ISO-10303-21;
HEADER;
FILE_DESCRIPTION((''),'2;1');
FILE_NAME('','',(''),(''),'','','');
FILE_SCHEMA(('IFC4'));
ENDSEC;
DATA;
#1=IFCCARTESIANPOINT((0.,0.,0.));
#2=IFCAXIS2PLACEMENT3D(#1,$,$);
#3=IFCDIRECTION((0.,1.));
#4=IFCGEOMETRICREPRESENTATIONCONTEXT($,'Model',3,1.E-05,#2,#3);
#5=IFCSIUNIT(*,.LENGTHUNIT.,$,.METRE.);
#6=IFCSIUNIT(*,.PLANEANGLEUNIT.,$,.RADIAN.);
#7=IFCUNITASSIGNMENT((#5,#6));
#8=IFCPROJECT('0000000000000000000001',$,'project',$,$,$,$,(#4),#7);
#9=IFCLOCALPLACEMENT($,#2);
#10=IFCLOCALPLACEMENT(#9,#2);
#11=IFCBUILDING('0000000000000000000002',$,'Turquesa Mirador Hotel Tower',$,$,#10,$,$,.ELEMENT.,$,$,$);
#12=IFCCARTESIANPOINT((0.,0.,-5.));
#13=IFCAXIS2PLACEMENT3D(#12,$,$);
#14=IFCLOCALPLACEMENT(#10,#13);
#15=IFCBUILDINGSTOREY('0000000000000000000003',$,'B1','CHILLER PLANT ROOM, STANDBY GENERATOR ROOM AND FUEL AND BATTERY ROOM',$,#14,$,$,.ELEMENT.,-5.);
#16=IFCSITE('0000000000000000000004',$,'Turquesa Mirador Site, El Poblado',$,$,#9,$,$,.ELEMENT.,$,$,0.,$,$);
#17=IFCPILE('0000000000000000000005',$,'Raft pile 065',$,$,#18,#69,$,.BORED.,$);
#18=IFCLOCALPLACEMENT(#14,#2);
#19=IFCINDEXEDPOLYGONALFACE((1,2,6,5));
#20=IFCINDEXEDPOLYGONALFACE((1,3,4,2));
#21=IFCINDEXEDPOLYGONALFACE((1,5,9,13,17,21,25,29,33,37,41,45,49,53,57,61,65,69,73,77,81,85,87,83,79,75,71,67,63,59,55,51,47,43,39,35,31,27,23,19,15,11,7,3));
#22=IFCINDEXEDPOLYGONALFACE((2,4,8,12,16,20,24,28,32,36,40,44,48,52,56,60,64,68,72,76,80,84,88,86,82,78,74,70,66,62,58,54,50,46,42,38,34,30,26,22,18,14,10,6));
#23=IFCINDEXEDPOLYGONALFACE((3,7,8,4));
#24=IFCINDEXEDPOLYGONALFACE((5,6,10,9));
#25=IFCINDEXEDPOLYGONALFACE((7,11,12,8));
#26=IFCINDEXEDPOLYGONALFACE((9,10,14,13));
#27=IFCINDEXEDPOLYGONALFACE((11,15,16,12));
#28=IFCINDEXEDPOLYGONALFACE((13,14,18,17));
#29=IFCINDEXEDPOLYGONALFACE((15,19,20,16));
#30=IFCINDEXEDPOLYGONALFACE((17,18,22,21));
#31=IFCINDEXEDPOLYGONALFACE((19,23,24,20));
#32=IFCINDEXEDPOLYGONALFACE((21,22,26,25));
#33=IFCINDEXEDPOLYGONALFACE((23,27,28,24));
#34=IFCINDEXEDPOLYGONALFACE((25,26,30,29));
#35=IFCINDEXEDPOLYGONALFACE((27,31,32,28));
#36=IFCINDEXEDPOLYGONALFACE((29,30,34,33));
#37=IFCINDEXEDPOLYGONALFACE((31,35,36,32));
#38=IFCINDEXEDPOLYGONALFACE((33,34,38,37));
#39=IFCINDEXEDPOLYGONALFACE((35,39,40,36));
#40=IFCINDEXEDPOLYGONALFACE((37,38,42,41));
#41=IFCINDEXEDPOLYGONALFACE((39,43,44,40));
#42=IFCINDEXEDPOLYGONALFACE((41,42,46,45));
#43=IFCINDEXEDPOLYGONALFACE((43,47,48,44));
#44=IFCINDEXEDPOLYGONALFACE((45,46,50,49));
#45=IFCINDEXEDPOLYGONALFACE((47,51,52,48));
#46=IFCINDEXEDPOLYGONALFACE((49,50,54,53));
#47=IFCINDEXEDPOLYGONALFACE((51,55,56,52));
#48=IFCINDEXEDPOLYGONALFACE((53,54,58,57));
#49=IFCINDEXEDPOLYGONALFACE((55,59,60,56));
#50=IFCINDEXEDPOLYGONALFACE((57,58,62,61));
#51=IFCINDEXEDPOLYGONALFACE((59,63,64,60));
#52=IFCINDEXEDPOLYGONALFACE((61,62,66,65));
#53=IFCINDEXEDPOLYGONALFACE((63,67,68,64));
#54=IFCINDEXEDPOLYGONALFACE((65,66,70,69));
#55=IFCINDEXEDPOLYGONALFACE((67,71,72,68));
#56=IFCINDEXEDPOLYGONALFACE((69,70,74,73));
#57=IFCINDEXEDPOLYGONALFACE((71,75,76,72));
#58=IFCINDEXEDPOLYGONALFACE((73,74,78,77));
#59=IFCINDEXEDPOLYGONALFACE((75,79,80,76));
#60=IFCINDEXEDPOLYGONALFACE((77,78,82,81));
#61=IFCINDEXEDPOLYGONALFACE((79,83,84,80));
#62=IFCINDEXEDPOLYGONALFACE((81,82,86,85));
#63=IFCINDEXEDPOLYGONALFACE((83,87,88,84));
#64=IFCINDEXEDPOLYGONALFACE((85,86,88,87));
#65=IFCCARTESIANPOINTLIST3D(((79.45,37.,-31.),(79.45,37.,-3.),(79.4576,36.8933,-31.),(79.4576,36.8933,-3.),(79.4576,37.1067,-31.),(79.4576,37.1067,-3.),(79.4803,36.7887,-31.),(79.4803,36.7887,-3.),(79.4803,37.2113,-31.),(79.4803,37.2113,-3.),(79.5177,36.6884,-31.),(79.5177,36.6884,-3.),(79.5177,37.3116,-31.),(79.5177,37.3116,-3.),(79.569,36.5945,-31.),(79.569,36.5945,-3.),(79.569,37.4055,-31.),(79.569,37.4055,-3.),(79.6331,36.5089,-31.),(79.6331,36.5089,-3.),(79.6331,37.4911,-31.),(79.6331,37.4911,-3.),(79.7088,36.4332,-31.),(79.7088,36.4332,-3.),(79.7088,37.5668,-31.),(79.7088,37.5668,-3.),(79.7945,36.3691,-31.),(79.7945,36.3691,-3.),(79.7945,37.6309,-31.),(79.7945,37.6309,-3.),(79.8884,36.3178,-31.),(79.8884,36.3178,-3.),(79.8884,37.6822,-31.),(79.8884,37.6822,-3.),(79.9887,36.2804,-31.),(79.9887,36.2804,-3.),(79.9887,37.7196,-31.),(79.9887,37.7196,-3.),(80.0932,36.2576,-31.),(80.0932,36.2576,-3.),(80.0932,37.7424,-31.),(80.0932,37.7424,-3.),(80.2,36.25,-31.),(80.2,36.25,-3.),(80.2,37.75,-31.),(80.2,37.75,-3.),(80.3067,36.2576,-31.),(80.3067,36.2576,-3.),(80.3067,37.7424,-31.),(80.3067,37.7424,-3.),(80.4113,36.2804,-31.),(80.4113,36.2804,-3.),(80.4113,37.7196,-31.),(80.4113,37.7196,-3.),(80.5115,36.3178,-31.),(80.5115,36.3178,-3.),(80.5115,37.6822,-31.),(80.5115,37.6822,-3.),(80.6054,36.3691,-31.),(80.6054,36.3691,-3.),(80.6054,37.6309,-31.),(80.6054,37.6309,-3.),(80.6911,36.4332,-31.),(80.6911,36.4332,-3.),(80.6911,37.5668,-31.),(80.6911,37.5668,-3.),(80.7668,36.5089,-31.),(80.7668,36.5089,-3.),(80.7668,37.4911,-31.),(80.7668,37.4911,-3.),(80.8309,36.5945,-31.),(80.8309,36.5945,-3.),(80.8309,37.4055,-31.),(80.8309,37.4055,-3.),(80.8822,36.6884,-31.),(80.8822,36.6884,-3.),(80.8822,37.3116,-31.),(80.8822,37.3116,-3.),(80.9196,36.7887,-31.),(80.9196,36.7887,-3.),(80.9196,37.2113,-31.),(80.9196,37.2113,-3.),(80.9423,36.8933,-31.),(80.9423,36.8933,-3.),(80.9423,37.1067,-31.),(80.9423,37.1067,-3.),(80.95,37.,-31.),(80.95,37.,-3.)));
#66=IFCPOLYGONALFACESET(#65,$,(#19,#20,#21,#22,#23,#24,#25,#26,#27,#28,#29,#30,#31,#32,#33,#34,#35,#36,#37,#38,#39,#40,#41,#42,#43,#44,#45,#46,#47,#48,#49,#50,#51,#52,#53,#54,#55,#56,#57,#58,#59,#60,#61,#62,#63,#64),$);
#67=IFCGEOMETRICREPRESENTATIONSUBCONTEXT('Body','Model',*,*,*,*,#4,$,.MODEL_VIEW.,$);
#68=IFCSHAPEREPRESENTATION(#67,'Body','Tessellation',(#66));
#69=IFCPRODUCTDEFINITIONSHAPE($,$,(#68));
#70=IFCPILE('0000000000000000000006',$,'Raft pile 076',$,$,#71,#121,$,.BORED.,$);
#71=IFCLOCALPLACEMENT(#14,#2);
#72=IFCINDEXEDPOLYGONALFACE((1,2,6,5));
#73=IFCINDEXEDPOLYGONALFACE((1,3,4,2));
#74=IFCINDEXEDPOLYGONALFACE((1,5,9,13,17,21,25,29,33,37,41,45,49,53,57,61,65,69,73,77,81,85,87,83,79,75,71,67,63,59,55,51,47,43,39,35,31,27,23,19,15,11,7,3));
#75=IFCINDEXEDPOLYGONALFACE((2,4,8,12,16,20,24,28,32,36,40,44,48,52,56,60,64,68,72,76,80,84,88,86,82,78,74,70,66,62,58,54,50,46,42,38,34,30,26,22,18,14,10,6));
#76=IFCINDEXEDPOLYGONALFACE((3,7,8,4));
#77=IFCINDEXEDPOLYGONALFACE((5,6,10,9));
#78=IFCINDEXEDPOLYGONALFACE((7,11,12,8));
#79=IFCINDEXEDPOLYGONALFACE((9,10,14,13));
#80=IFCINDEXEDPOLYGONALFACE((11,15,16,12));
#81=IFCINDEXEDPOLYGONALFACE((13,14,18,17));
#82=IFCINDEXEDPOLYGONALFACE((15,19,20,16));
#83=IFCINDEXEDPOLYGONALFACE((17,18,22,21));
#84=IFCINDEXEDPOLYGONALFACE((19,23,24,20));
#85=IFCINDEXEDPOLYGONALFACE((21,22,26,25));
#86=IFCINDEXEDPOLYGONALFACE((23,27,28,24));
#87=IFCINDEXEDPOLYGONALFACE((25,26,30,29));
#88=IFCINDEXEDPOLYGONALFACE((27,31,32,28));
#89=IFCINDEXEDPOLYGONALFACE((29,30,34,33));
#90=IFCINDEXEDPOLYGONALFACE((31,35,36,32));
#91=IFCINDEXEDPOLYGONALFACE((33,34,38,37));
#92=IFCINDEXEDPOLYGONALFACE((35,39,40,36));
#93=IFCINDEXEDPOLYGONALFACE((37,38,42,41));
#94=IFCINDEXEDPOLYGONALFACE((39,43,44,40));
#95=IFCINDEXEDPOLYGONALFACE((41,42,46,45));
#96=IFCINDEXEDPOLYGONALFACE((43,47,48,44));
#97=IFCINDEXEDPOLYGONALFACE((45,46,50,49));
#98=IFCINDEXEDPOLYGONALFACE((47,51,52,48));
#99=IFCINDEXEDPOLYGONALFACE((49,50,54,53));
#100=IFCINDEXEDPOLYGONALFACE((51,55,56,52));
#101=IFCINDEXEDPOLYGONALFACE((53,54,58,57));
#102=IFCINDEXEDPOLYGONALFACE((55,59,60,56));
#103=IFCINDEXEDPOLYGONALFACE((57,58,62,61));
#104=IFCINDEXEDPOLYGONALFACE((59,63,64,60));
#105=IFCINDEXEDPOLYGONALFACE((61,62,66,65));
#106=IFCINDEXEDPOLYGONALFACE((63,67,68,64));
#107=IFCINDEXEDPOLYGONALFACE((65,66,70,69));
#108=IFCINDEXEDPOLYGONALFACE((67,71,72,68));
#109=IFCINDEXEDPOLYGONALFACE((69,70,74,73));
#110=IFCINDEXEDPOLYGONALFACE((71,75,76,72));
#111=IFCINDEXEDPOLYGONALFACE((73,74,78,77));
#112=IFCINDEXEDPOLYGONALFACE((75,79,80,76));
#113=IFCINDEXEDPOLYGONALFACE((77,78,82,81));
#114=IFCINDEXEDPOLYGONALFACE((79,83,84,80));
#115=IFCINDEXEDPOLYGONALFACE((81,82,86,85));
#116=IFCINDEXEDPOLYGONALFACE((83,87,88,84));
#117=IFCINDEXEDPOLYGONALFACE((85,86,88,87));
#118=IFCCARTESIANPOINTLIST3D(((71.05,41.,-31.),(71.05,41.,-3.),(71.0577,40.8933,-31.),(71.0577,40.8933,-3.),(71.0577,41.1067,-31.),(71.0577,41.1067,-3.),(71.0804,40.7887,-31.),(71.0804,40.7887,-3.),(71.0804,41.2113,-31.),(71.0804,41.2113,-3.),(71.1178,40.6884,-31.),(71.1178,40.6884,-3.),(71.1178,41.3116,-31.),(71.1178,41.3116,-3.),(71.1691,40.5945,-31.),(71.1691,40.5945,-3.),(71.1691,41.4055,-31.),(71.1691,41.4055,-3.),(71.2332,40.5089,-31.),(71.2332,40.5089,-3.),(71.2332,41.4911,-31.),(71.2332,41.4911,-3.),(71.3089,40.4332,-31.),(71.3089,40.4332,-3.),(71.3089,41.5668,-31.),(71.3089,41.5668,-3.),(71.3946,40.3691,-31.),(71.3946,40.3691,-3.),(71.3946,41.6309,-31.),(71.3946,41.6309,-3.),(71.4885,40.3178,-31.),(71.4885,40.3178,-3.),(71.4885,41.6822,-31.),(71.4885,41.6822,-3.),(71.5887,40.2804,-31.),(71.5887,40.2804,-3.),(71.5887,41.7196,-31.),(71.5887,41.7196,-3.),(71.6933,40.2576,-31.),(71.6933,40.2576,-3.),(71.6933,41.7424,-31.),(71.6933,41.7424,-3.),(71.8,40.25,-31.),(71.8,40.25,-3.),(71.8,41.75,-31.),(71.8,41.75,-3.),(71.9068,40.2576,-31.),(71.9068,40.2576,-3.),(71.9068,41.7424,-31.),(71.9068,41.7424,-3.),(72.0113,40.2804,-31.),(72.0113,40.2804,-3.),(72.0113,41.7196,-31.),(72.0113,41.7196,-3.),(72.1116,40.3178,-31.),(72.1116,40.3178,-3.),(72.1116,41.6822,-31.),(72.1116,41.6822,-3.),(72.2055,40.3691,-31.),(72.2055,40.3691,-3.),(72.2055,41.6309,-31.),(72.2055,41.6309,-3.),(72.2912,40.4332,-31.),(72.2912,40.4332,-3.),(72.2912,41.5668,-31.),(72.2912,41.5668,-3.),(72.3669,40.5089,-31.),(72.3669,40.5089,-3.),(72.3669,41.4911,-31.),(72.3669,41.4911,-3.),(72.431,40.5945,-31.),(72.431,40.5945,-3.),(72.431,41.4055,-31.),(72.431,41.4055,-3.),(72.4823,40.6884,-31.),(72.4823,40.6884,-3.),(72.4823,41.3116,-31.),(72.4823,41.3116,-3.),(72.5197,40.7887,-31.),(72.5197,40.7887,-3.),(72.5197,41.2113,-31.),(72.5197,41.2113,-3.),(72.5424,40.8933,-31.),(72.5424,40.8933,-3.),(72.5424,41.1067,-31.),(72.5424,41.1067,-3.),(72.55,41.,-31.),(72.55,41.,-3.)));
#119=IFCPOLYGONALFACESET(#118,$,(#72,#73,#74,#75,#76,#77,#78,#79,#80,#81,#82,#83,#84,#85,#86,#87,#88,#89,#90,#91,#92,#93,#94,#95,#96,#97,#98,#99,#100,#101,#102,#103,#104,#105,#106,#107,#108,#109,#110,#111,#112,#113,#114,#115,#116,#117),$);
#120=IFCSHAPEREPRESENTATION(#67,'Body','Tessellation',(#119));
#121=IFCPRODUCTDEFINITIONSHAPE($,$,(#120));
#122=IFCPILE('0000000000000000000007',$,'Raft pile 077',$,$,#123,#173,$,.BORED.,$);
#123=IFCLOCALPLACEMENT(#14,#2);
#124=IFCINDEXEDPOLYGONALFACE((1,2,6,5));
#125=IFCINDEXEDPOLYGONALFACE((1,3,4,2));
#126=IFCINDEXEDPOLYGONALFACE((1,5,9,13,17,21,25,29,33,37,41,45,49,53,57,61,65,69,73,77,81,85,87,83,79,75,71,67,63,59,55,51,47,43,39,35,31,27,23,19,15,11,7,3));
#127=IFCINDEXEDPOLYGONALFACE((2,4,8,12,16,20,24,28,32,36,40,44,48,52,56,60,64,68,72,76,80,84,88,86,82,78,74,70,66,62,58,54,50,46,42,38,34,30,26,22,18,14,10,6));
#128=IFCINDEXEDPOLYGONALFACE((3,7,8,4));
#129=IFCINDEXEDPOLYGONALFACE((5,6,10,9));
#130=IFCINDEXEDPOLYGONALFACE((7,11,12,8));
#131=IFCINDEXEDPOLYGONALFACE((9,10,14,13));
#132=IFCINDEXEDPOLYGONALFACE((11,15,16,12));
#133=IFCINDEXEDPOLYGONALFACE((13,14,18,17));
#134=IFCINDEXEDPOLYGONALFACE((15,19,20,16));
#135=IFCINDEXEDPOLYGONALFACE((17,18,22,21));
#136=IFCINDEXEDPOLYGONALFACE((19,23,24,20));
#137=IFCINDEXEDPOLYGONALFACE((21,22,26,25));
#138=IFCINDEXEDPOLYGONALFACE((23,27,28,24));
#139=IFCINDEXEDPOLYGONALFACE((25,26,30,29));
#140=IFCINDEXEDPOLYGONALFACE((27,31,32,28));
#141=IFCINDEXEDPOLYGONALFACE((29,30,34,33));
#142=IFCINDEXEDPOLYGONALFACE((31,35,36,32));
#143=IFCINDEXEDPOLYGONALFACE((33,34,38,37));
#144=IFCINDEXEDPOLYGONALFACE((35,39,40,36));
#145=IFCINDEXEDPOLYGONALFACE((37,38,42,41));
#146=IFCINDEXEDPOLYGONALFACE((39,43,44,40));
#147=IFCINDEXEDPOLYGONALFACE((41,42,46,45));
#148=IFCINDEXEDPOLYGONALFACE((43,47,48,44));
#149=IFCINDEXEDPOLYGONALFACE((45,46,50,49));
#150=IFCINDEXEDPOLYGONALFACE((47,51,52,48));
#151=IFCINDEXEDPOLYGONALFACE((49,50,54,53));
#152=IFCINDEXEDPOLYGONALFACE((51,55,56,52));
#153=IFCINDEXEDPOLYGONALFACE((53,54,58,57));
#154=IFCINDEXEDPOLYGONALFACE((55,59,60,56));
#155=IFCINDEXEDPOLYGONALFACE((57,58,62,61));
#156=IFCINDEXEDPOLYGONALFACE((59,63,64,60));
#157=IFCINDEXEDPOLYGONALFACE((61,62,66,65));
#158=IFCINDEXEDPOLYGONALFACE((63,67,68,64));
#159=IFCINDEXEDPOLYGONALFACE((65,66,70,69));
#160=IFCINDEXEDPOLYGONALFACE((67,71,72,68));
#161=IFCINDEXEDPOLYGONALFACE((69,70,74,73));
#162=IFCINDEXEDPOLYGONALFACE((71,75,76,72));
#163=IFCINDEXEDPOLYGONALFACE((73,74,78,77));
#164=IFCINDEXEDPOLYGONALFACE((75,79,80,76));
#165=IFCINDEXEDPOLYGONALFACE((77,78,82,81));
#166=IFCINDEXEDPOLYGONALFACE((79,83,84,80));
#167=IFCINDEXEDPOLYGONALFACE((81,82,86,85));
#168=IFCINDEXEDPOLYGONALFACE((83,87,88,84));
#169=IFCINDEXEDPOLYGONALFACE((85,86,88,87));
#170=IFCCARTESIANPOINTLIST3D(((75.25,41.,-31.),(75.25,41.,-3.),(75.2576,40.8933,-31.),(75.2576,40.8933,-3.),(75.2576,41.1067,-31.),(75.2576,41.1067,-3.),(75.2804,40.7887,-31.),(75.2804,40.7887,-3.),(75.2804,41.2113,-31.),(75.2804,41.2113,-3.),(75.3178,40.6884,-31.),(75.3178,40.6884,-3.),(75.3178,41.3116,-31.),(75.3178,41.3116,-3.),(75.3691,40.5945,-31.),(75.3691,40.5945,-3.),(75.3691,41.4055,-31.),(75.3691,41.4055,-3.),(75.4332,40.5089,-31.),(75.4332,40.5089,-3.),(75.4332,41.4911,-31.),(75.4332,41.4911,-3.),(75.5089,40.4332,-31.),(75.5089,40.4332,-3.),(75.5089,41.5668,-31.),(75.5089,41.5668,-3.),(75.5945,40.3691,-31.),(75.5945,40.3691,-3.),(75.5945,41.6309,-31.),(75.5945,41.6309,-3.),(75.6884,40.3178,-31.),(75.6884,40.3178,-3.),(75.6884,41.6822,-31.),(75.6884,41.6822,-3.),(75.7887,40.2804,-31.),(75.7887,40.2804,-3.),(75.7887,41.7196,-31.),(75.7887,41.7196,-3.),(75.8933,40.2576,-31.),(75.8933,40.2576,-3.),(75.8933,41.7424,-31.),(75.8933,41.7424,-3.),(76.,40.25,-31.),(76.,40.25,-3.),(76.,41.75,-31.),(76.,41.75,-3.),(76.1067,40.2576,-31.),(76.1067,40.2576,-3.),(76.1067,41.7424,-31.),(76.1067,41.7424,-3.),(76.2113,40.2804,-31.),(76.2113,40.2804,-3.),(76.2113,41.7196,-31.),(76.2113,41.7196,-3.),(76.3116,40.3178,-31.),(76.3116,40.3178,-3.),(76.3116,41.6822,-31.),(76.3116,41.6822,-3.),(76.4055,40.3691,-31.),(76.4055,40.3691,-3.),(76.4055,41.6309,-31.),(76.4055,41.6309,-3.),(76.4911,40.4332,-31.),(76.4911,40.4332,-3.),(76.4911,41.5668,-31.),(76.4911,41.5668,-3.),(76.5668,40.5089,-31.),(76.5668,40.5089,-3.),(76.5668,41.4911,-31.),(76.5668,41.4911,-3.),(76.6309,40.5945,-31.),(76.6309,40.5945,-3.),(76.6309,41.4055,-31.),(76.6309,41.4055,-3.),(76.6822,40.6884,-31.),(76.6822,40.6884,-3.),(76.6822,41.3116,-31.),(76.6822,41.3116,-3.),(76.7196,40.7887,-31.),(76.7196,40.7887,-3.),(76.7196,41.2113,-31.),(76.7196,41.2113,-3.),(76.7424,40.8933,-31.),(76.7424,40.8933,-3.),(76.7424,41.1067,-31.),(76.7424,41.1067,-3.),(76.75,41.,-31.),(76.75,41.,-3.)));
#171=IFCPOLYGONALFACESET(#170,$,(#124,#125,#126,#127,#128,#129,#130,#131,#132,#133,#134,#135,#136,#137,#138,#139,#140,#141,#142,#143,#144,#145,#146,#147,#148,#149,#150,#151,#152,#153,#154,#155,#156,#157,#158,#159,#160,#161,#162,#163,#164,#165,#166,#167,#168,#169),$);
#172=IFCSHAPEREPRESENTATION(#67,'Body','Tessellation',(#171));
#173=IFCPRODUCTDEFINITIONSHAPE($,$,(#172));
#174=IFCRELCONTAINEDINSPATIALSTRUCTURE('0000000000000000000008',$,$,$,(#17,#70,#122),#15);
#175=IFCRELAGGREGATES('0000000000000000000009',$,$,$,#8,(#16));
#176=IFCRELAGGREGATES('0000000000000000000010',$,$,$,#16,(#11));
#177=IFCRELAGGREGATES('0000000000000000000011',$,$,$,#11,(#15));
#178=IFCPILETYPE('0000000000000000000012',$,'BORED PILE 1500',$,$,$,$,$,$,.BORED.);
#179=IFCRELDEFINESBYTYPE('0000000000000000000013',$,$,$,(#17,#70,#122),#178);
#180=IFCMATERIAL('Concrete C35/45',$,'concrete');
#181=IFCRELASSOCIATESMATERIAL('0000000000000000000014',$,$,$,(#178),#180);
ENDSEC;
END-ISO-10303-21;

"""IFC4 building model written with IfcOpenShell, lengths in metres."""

from ifc_helpers import new_model, si_unit, direction, frame, origin, origin_2d, place, context, subcontext, project, spatial, circle, extrude, material, type_object, element, save


model = new_model("IFC4")

# Units and contexts
model_context = context("Model", 3, precision=1e-05, world=origin(), true_north=direction((0.0, 1.0)))
body_context = subcontext(model_context, "Body", "Model", "MODEL_VIEW")
ifc_project = project(units=[si_unit("LENGTHUNIT", "METRE"), si_unit("PLANEANGLEUNIT", "RADIAN")], contexts=[model_context])

# Site, building, storey
site_placement = place(None, origin())
site = spatial("IfcSite", under=ifc_project, at=site_placement, Name="Turquesa Mirador Site, El Poblado", CompositionType="ELEMENT", RefElevation=0.0)
building_placement = place(site_placement, origin())
building = spatial("IfcBuilding", under=site, at=building_placement, Name="Turquesa Mirador Hotel Tower", CompositionType="ELEMENT")
storey_placement = place(building_placement, frame((0.0, 0.0, -5.0)))
storey = spatial("IfcBuildingStorey", under=building, at=storey_placement, Name="B1", Description="CHILLER PLANT ROOM, STANDBY GENERATOR ROOM AND FUEL AND BATTERY ROOM", CompositionType="ELEMENT", Elevation=-5.0)

# Piles
ifc_material_1 = material(Name="Concrete C35/45", Category="concrete")
pile_type_1 = type_object("IfcPileType", Name="BORED PILE 1500", PredefinedType="BORED", material=ifc_material_1)
for number, where, z_axis, x_axis, name in (
    (1, (80.2, 37.0, -3.0), (0.0, 0.0, -1.0), (1.0, 0.0, 0.0), "Raft pile 065"),
    (2, (71.8, 41.0, -3.0), (0.0, 0.0, -1.0), (1.0, 0.0, 0.0), "Raft pile 076"),
    (3, (76.0, 41.0, -3.0), (0.0, 0.0, -1.0), (1.0, 0.0, 0.0), "Raft pile 077"),
):
    element("IfcPile", number, at=place(storey_placement, frame(where, z_axis=z_axis, x_axis=x_axis)), inside=storey, type_object=pile_type_1, Name=name, PredefinedType="BORED", context=body_context, shape_type="SweptSolid", body=[
        extrude(circle(Radius=0.75, at=origin_2d()), origin(), (0.0, 0.0, 1.0), 28.0),
    ])

save(model, "model.ifc")
